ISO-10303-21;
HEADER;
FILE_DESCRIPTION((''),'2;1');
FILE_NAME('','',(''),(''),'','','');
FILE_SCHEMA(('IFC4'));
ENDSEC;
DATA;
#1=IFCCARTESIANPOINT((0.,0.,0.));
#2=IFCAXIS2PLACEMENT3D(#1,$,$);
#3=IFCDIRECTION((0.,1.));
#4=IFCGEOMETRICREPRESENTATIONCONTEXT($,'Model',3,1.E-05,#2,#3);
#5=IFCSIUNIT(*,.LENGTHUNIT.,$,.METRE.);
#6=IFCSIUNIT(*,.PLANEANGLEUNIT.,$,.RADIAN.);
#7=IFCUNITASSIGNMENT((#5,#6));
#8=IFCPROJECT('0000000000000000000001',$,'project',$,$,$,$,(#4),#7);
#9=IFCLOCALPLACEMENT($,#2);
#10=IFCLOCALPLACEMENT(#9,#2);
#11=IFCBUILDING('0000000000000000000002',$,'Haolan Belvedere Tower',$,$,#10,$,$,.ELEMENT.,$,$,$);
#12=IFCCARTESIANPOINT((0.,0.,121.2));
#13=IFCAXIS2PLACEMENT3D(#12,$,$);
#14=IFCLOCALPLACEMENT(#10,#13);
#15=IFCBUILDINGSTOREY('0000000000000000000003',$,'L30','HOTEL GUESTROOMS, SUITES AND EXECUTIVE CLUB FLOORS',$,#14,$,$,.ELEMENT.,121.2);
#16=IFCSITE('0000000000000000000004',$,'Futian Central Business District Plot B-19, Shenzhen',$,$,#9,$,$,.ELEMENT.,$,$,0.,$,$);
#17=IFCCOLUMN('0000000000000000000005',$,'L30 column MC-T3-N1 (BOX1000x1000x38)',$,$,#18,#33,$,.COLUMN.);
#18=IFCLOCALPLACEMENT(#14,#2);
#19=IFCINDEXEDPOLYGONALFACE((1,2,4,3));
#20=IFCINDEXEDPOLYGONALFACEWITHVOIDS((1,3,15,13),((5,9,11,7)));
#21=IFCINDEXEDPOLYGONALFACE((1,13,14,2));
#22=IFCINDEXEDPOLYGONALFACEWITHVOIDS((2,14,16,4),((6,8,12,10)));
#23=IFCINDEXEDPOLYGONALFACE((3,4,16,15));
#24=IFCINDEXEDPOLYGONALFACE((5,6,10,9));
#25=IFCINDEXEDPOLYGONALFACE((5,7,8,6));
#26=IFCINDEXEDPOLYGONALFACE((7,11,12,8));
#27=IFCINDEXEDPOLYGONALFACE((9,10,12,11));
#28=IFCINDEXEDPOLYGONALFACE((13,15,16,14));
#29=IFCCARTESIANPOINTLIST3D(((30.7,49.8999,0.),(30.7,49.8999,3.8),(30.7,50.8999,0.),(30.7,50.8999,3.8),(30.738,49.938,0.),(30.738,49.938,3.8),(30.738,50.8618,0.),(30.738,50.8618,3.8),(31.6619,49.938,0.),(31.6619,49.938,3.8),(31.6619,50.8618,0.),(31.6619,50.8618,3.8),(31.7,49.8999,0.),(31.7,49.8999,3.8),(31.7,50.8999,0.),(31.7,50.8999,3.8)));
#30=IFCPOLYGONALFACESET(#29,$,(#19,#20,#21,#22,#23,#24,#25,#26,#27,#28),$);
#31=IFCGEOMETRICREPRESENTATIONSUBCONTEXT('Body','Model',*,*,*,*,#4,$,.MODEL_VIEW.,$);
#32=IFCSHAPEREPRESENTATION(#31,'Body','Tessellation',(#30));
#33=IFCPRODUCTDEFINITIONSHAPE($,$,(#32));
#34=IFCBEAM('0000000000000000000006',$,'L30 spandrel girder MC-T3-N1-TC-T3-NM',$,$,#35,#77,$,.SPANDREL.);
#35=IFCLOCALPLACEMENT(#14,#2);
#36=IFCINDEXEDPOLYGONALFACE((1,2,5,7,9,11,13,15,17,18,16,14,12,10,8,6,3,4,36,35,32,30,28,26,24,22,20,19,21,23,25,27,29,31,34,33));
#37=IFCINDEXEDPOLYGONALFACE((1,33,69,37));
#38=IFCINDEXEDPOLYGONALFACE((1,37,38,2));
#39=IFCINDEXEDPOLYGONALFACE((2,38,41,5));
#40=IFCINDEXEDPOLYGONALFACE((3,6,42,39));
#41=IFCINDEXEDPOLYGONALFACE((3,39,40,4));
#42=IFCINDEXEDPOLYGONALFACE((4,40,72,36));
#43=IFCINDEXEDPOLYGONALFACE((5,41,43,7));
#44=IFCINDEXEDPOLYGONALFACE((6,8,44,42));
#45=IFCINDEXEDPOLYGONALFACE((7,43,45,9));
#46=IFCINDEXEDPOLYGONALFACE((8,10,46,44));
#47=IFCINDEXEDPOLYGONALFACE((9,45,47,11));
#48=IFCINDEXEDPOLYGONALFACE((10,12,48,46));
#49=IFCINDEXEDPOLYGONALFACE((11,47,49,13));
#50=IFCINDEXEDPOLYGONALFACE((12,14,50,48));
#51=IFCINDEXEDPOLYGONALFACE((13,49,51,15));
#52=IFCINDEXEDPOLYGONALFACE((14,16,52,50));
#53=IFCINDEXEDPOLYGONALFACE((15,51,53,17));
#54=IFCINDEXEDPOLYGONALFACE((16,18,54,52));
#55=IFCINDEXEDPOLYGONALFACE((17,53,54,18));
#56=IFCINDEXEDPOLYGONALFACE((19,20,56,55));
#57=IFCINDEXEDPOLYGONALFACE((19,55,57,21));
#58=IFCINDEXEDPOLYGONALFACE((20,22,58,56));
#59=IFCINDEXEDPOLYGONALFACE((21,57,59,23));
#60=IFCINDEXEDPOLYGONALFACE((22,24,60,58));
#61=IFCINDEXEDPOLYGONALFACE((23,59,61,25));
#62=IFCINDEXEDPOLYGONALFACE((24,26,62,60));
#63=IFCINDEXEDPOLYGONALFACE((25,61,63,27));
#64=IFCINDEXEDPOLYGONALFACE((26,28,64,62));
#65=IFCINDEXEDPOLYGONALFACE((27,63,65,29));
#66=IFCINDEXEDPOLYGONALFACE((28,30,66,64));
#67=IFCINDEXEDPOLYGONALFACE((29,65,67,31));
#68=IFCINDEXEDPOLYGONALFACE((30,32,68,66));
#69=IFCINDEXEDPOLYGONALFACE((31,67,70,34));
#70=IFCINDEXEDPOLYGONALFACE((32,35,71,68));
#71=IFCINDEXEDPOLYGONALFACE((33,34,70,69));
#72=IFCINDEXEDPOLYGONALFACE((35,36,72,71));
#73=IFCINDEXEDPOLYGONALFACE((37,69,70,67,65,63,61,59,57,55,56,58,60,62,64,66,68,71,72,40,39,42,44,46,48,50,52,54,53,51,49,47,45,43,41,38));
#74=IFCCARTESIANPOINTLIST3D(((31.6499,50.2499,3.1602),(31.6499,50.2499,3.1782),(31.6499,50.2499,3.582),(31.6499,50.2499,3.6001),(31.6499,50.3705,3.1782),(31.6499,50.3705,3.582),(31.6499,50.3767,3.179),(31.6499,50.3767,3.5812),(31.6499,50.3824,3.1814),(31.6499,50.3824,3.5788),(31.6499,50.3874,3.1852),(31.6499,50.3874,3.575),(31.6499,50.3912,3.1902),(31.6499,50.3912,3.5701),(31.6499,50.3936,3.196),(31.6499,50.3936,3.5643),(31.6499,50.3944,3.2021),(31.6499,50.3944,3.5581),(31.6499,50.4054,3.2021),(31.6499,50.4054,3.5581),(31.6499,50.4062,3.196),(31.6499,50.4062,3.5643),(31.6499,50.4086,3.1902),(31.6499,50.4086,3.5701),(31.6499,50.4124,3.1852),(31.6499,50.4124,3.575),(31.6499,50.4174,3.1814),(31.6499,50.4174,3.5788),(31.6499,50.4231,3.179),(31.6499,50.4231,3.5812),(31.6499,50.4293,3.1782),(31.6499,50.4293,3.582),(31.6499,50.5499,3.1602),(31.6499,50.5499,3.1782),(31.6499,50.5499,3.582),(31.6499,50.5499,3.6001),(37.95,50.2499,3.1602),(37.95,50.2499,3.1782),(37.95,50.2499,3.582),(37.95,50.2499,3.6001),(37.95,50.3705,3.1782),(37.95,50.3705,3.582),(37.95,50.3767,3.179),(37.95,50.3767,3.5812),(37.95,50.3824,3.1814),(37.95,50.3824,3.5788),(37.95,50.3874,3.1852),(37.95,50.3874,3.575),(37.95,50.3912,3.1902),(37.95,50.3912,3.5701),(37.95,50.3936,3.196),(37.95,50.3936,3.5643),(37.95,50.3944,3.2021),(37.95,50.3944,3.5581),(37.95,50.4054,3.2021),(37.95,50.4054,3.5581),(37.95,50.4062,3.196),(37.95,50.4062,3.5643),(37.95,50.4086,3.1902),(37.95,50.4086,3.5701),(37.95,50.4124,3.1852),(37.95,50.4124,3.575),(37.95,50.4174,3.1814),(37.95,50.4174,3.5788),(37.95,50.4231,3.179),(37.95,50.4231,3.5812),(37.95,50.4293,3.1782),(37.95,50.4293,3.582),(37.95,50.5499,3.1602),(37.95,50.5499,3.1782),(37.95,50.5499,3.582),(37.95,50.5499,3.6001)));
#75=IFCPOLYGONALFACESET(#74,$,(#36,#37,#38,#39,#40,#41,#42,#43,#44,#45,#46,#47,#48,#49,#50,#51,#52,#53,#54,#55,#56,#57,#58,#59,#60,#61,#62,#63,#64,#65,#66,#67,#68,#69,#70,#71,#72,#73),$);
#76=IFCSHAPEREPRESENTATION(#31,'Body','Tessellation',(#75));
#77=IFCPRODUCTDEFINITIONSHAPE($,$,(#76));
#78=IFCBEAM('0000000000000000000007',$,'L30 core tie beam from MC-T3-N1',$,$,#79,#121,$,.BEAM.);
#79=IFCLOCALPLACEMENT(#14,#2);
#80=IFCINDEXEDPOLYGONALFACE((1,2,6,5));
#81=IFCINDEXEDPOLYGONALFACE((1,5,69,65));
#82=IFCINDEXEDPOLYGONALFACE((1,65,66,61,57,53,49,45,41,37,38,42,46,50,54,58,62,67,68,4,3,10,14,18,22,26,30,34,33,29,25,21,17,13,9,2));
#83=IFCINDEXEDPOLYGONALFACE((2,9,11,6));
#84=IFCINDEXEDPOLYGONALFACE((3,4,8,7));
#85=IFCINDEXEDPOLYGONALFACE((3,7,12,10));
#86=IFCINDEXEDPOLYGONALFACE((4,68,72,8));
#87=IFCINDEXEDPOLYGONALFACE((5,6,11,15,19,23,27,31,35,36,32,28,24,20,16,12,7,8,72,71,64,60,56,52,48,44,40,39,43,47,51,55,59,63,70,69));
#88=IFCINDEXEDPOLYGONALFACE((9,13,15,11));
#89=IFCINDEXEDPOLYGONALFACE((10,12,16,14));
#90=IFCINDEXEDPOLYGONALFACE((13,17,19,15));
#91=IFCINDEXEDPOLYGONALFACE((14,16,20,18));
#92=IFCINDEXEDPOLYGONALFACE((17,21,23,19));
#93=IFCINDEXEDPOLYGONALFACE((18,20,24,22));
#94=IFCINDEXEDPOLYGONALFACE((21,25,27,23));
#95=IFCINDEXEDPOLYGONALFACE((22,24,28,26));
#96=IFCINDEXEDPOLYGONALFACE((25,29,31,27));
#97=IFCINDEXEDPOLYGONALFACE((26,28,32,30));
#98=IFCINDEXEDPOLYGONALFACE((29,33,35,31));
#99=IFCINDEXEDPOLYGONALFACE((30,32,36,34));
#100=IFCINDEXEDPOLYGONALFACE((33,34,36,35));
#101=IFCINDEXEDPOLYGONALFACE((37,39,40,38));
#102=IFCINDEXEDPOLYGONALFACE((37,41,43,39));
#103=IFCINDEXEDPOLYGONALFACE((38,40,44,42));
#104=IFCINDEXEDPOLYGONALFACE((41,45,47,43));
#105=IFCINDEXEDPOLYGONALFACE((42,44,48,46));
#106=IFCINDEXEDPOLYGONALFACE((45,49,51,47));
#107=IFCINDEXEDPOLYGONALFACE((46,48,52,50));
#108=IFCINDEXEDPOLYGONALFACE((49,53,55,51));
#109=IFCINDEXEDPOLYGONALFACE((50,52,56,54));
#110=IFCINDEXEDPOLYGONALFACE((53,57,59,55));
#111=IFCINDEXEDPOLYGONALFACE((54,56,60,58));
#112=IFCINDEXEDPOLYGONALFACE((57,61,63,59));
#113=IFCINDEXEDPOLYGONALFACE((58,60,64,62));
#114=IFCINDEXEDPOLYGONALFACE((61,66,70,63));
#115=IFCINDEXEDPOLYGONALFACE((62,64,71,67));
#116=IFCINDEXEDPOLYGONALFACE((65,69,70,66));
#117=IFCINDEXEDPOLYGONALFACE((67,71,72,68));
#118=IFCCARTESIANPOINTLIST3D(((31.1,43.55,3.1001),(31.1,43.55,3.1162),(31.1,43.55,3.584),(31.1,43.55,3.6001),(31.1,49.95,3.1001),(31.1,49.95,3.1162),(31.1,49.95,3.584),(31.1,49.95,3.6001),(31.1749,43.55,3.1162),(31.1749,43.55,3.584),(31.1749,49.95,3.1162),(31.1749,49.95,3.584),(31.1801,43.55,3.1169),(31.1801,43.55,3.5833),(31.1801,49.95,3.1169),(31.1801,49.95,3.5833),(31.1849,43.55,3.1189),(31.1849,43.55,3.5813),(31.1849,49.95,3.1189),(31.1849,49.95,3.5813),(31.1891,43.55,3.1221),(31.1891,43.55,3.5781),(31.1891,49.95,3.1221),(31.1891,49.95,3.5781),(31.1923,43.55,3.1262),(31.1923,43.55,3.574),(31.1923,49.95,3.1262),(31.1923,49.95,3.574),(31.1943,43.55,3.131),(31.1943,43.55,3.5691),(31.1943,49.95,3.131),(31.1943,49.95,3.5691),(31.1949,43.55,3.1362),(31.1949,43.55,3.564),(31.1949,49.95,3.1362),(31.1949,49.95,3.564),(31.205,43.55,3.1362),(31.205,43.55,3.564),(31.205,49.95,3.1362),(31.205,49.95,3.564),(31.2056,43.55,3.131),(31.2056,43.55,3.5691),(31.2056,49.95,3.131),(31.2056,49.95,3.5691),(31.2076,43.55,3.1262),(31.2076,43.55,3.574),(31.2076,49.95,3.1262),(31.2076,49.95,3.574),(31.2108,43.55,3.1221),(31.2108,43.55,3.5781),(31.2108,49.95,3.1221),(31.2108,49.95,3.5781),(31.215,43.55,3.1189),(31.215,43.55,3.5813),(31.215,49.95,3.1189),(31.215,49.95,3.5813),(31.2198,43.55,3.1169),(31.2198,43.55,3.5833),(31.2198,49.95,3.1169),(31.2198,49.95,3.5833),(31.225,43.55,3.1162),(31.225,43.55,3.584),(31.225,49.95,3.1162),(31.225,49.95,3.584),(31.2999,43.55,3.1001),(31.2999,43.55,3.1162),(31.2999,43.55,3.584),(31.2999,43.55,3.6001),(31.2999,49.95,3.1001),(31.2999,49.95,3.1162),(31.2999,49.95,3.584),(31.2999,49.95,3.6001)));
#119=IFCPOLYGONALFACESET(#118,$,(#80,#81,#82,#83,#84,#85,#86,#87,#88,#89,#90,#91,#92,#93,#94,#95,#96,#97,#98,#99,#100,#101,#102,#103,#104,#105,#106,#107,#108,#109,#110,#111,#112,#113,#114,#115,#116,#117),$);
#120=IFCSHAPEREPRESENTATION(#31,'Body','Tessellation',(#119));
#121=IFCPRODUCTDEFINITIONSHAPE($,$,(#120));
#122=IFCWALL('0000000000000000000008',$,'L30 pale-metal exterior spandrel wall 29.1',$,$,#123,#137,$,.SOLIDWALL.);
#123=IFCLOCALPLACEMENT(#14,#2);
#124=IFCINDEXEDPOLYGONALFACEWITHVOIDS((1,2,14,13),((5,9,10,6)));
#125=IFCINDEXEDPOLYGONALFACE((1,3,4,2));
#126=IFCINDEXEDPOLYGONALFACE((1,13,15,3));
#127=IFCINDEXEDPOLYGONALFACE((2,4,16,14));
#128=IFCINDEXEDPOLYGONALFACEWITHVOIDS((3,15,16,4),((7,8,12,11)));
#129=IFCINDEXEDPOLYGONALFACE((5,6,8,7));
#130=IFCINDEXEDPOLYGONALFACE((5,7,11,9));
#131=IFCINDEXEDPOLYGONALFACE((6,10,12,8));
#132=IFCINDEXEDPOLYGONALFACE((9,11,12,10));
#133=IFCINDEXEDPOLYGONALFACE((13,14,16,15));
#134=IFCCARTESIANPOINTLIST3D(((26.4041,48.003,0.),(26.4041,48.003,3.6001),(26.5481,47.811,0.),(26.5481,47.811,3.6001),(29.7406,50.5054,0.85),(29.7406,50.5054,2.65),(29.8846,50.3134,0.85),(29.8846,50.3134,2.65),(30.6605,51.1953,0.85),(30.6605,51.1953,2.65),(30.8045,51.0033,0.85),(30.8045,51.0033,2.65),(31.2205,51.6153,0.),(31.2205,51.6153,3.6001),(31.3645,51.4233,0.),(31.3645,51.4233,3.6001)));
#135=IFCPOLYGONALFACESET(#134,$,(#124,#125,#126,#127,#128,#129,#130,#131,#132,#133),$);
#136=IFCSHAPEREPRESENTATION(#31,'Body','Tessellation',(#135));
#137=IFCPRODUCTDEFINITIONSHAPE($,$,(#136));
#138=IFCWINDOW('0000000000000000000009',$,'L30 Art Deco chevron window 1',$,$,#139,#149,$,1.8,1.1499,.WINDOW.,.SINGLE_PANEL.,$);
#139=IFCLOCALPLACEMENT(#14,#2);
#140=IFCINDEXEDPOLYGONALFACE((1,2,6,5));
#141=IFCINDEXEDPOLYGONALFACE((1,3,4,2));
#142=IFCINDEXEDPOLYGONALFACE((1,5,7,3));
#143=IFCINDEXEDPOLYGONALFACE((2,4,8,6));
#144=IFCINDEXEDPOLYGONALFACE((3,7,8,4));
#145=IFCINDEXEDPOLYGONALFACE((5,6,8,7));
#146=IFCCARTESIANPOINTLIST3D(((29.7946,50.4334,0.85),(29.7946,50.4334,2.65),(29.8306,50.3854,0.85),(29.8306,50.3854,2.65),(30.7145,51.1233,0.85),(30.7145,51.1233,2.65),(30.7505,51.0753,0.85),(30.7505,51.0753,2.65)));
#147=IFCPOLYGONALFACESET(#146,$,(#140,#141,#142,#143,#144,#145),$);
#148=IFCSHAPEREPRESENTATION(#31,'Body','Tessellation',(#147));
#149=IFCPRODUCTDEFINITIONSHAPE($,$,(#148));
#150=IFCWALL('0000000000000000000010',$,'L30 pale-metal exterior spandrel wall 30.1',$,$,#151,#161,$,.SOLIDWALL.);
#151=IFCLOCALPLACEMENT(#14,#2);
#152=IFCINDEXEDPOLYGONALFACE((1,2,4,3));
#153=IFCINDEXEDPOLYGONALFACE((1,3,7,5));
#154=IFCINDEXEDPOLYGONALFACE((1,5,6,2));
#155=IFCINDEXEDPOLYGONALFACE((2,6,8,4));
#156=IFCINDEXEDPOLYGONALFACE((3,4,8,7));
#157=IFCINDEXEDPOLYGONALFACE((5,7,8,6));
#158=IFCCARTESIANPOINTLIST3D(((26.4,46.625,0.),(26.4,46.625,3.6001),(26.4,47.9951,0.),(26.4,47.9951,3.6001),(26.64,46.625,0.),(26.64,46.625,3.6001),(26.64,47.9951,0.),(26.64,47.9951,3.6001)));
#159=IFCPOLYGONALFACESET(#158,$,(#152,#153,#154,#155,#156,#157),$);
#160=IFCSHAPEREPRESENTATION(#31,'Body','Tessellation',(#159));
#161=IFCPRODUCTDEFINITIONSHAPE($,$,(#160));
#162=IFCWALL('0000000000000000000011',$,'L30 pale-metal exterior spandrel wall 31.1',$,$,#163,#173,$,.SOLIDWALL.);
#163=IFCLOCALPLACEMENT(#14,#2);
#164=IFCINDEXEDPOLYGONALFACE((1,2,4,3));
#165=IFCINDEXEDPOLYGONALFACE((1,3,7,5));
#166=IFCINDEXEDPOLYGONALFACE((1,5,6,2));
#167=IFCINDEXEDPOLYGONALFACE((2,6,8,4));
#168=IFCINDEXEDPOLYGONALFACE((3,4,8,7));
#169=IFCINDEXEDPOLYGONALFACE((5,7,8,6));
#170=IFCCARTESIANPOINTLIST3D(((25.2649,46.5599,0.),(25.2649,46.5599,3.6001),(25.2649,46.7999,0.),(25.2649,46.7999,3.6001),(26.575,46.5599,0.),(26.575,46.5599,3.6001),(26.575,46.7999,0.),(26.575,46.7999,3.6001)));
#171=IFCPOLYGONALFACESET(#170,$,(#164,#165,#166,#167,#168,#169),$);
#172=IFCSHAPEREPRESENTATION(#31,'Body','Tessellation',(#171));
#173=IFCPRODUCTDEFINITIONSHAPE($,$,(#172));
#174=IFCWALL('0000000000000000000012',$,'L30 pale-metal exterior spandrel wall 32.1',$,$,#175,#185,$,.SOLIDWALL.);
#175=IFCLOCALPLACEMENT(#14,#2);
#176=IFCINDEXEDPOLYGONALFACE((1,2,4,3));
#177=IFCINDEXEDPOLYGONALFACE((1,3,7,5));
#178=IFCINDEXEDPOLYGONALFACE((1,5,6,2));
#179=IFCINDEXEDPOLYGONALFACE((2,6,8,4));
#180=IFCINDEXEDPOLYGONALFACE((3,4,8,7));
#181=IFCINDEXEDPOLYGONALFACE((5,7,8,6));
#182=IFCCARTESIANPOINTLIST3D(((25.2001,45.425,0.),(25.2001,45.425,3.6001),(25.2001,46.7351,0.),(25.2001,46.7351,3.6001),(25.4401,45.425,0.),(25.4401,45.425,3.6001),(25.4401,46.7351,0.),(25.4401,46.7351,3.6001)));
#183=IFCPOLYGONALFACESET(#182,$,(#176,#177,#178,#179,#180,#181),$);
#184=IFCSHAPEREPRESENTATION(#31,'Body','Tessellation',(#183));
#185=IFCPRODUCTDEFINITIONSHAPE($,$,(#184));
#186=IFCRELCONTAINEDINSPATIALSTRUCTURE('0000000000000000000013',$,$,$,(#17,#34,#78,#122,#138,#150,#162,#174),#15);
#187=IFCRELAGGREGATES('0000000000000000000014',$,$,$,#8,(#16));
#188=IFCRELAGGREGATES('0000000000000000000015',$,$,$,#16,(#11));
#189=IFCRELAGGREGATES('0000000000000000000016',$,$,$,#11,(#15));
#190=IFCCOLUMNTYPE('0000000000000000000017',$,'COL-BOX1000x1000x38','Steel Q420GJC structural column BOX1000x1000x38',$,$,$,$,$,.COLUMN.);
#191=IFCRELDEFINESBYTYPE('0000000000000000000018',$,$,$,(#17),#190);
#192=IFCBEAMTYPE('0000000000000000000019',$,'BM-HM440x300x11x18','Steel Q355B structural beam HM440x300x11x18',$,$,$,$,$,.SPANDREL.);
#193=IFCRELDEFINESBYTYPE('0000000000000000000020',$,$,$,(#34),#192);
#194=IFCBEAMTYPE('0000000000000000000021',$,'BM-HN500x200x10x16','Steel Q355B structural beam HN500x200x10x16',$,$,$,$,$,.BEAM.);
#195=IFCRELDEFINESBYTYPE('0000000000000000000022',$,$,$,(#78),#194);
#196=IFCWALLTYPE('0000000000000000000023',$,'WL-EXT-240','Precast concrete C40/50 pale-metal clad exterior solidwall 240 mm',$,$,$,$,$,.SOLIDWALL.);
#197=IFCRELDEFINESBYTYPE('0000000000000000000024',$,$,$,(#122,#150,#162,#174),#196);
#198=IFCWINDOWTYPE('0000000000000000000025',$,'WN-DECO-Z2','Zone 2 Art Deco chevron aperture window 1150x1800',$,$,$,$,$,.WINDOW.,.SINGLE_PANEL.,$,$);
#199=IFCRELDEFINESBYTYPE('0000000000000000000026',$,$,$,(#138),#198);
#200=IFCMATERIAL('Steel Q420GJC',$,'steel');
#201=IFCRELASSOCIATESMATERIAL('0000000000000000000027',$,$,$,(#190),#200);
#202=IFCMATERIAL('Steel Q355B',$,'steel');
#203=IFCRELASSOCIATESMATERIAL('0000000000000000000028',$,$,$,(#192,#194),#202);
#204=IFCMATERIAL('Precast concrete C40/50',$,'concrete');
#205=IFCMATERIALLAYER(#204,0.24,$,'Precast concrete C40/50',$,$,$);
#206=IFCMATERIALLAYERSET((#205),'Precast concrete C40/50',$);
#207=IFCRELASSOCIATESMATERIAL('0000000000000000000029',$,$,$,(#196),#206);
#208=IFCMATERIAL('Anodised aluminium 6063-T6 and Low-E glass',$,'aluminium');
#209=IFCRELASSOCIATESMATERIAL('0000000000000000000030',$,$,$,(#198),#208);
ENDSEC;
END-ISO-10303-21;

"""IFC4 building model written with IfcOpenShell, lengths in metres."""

from ifc_helpers import new_model, si_unit, direction, frame, frame_2d, origin, origin_2d, place, context, subcontext, project, spatial, rectangle, hollow_rectangle, i_section, extrude, material, layer, layer_set, material_profile, profile_set, type_object, element, fill, save


model = new_model("IFC4")

# Units and contexts
model_context = context("Model", 3, precision=1e-05, world=origin(), true_north=direction((0.0, 1.0)))
body_context = subcontext(model_context, "Body", "Model", "MODEL_VIEW")
ifc_project = project(units=[si_unit("LENGTHUNIT", "METRE"), si_unit("PLANEANGLEUNIT", "RADIAN")], contexts=[model_context])

# Site, building, storey
site_placement = place(None, origin())
site = spatial("IfcSite", under=ifc_project, at=site_placement, Name="Futian Central Business District Plot B-19, Shenzhen", CompositionType="ELEMENT", RefElevation=0.0)
building_placement = place(site_placement, origin())
building = spatial("IfcBuilding", under=site, at=building_placement, Name="Haolan Belvedere Tower", CompositionType="ELEMENT")
storey_placement = place(building_placement, frame((0.0, 0.0, 121.2)))
storey = spatial("IfcBuildingStorey", under=building, at=storey_placement, Name="L30", Description="HOTEL GUESTROOMS, SUITES AND EXECUTIVE CLUB FLOORS", CompositionType="ELEMENT", Elevation=121.2)

# Column
ifc_material_1 = material(Name="Steel Q420GJC", Category="steel")
ifc_material_profile_1 = material_profile(ifc_material_1, hollow_rectangle(XDim=1.0, YDim=1.0, WallThickness=0.0381, at=origin_2d()), Name="Steel Q420GJC")
ifc_profile_set_1 = profile_set([ifc_material_profile_1], Name="Steel Q420GJC")
column_type = type_object("IfcColumnType", Name="COL-BOX1000x1000x38", Description="Steel Q420GJC structural column BOX1000x1000x38", PredefinedType="COLUMN", material=ifc_profile_set_1)
column_placement = place(storey_placement, frame((31.2, 50.3999, 0.0), z_axis=(0.0, 0.0, 1.0), x_axis=(1.0, 0.0, 0.0)))
element("IfcColumn", 1, at=column_placement, inside=storey, type_object=column_type, Name="L30 column MC-T3-N1 (BOX1000x1000x38)", PredefinedType="COLUMN", context=body_context, shape_type="SweptSolid", body=[
    extrude(hollow_rectangle(XDim=1.0, YDim=1.0, WallThickness=0.0381, at=origin_2d()), origin(), (0.0, 0.0, 1.0), 3.8),
])

# Beams
ifc_material_2 = material(Name="Steel Q355B", Category="steel")
ifc_material_profile_2 = material_profile(ifc_material_2, i_section(OverallWidth=0.3, OverallDepth=0.4399, WebThickness=0.011, FlangeThickness=0.0181, FilletRadius=0.0239, at=origin_2d()), Name="Steel Q355B")
ifc_profile_set_2 = profile_set([ifc_material_profile_2], Name="Steel Q355B")
beam_type_1 = type_object("IfcBeamType", Name="BM-HM440x300x11x18", Description="Steel Q355B structural beam HM440x300x11x18", PredefinedType="SPANDREL", material=ifc_profile_set_2)
beam_1_placement = place(storey_placement, frame((31.6499, 50.3999, 3.3801), z_axis=(1.0, 0.0, 0.0), x_axis=(0.0, 1.0, 0.0)))
element("IfcBeam", 2, at=beam_1_placement, inside=storey, type_object=beam_type_1, Name="L30 spandrel girder MC-T3-N1-TC-T3-NM", PredefinedType="SPANDREL", context=body_context, shape_type="SweptSolid", body=[
    extrude(i_section(OverallWidth=0.3, OverallDepth=0.4399, WebThickness=0.011, FlangeThickness=0.0181, FilletRadius=0.0239, at=origin_2d()), origin(), (0.0, 0.0, 1.0), 6.3),
])
ifc_material_profile_3 = material_profile(ifc_material_2, i_section(OverallWidth=0.2, OverallDepth=0.5, WebThickness=0.01, FlangeThickness=0.0161, FilletRadius=0.02, at=origin_2d()), Name="Steel Q355B")
ifc_profile_set_3 = profile_set([ifc_material_profile_3], Name="Steel Q355B")
beam_type_2 = type_object("IfcBeamType", Name="BM-HN500x200x10x16", Description="Steel Q355B structural beam HN500x200x10x16", PredefinedType="BEAM", material=ifc_profile_set_3)
beam_2_placement = place(storey_placement, frame((31.2, 49.95, 3.3501), z_axis=(0.0, -1.0, 0.0), x_axis=(1.0, 0.0, 0.0)))
element("IfcBeam", 3, at=beam_2_placement, inside=storey, type_object=beam_type_2, Name="L30 core tie beam from MC-T3-N1", PredefinedType="BEAM", context=body_context, shape_type="SweptSolid", body=[
    extrude(i_section(OverallWidth=0.2, OverallDepth=0.5, WebThickness=0.01, FlangeThickness=0.0161, FilletRadius=0.02, at=origin_2d()), origin(), (0.0, 0.0, 1.0), 6.3999),
])

# Wall, opening, window
ifc_material_3 = material(Name="Precast concrete C40/50", Category="concrete")
ifc_layer_1 = layer(ifc_material_3, 0.24, Name="Precast concrete C40/50")
ifc_layer_set_1 = layer_set([ifc_layer_1], Name="Precast concrete C40/50")
wall_type_1 = type_object("IfcWallType", Name="WL-EXT-240", Description="Precast concrete C40/50 pale-metal clad exterior solidwall 240 mm", PredefinedType="SOLIDWALL", material=ifc_layer_set_1)
wall_1_placement = place(storey_placement, frame((31.2925, 51.5193, 0.0), z_axis=(0.0, 0.0, 1.0), x_axis=(-0.8, -0.6, 0.0)))
wall_1 = element("IfcWall", 4, at=wall_1_placement, inside=storey, type_object=wall_type_1, Name="L30 pale-metal exterior spandrel wall 29.1", PredefinedType="SOLIDWALL", context=body_context, shape_type="SweptSolid", body=[
    extrude(rectangle(XDim=6.0205, YDim=0.24, at=frame_2d((3.0103, 0.0))), origin(), (0.0, 0.0, 1.0), 3.6001),
])
opening_1_placement = place(wall_1_placement, frame((0.7, 0.0, 0.8501)))
opening_1 = element("IfcOpeningElement", 5, at=opening_1_placement, cuts=wall_1, PredefinedType="OPENING", context=body_context, shape_type="SweptSolid", body=[
    extrude(rectangle(XDim=1.1499, YDim=1.8, at=frame_2d((0.575, 0.8999))), frame((0.0, 0.1299, 0.0), z_axis=(0.0, -1.0, 0.0), x_axis=(1.0, 0.0, 0.0)), (0.0, 0.0, 1.0), 0.26),
])
ifc_material_4 = material(Name="Anodised aluminium 6063-T6 and Low-E glass", Category="aluminium")
window_type = type_object("IfcWindowType", Name="WN-DECO-Z2", Description="Zone 2 Art Deco chevron aperture window 1150x1800", PartitioningType="SINGLE_PANEL", PredefinedType="WINDOW", material=ifc_material_4)
window_placement = place(opening_1_placement, origin())
window = element("IfcWindow", 6, at=window_placement, inside=storey, type_object=window_type, Name="L30 Art Deco chevron window 1", OverallHeight=1.8, OverallWidth=1.1499, PartitioningType="SINGLE_PANEL", PredefinedType="WINDOW", context=body_context, shape_type="SweptSolid", body=[
    extrude(rectangle(XDim=1.1499, YDim=1.8, at=frame_2d((0.575, 0.8999))), frame((0.0, 0.03, 0.0), z_axis=(0.0, -1.0, 0.0), x_axis=(1.0, 0.0, 0.0)), (0.0, 0.0, 1.0), 0.0601),
])
fill(opening_1, window)

# Walls
wall_2_placement = place(storey_placement, frame((26.52, 47.9951, 0.0), z_axis=(0.0, 0.0, 1.0), x_axis=(0.0, -1.0, 0.0)))
element("IfcWall", 7, at=wall_2_placement, inside=storey, type_object=wall_type_1, Name="L30 pale-metal exterior spandrel wall 30.1", PredefinedType="SOLIDWALL", context=body_context, shape_type="SweptSolid", body=[
    extrude(rectangle(XDim=1.3701, YDim=0.24, at=frame_2d((0.6851, 0.0))), origin(), (0.0, 0.0, 1.0), 3.6001),
])
for number, where, z_axis, x_axis, name in (
    (8, (26.575, 46.6799, 0.0), (0.0, 0.0, 1.0), (-1.0, 0.0, 0.0), "L30 pale-metal exterior spandrel wall 31.1"),
    (9, (25.3201, 46.7351, 0.0), (0.0, 0.0, 1.0), (0.0, -1.0, 0.0), "L30 pale-metal exterior spandrel wall 32.1"),
):
    element("IfcWall", number, at=place(storey_placement, frame(where, z_axis=z_axis, x_axis=x_axis)), inside=storey, type_object=wall_type_1, Name=name, PredefinedType="SOLIDWALL", context=body_context, shape_type="SweptSolid", body=[
        extrude(rectangle(XDim=1.3101, YDim=0.24, at=frame_2d((0.655, 0.0))), origin(), (0.0, 0.0, 1.0), 3.6001),
    ])

save(model, "model.ifc")
